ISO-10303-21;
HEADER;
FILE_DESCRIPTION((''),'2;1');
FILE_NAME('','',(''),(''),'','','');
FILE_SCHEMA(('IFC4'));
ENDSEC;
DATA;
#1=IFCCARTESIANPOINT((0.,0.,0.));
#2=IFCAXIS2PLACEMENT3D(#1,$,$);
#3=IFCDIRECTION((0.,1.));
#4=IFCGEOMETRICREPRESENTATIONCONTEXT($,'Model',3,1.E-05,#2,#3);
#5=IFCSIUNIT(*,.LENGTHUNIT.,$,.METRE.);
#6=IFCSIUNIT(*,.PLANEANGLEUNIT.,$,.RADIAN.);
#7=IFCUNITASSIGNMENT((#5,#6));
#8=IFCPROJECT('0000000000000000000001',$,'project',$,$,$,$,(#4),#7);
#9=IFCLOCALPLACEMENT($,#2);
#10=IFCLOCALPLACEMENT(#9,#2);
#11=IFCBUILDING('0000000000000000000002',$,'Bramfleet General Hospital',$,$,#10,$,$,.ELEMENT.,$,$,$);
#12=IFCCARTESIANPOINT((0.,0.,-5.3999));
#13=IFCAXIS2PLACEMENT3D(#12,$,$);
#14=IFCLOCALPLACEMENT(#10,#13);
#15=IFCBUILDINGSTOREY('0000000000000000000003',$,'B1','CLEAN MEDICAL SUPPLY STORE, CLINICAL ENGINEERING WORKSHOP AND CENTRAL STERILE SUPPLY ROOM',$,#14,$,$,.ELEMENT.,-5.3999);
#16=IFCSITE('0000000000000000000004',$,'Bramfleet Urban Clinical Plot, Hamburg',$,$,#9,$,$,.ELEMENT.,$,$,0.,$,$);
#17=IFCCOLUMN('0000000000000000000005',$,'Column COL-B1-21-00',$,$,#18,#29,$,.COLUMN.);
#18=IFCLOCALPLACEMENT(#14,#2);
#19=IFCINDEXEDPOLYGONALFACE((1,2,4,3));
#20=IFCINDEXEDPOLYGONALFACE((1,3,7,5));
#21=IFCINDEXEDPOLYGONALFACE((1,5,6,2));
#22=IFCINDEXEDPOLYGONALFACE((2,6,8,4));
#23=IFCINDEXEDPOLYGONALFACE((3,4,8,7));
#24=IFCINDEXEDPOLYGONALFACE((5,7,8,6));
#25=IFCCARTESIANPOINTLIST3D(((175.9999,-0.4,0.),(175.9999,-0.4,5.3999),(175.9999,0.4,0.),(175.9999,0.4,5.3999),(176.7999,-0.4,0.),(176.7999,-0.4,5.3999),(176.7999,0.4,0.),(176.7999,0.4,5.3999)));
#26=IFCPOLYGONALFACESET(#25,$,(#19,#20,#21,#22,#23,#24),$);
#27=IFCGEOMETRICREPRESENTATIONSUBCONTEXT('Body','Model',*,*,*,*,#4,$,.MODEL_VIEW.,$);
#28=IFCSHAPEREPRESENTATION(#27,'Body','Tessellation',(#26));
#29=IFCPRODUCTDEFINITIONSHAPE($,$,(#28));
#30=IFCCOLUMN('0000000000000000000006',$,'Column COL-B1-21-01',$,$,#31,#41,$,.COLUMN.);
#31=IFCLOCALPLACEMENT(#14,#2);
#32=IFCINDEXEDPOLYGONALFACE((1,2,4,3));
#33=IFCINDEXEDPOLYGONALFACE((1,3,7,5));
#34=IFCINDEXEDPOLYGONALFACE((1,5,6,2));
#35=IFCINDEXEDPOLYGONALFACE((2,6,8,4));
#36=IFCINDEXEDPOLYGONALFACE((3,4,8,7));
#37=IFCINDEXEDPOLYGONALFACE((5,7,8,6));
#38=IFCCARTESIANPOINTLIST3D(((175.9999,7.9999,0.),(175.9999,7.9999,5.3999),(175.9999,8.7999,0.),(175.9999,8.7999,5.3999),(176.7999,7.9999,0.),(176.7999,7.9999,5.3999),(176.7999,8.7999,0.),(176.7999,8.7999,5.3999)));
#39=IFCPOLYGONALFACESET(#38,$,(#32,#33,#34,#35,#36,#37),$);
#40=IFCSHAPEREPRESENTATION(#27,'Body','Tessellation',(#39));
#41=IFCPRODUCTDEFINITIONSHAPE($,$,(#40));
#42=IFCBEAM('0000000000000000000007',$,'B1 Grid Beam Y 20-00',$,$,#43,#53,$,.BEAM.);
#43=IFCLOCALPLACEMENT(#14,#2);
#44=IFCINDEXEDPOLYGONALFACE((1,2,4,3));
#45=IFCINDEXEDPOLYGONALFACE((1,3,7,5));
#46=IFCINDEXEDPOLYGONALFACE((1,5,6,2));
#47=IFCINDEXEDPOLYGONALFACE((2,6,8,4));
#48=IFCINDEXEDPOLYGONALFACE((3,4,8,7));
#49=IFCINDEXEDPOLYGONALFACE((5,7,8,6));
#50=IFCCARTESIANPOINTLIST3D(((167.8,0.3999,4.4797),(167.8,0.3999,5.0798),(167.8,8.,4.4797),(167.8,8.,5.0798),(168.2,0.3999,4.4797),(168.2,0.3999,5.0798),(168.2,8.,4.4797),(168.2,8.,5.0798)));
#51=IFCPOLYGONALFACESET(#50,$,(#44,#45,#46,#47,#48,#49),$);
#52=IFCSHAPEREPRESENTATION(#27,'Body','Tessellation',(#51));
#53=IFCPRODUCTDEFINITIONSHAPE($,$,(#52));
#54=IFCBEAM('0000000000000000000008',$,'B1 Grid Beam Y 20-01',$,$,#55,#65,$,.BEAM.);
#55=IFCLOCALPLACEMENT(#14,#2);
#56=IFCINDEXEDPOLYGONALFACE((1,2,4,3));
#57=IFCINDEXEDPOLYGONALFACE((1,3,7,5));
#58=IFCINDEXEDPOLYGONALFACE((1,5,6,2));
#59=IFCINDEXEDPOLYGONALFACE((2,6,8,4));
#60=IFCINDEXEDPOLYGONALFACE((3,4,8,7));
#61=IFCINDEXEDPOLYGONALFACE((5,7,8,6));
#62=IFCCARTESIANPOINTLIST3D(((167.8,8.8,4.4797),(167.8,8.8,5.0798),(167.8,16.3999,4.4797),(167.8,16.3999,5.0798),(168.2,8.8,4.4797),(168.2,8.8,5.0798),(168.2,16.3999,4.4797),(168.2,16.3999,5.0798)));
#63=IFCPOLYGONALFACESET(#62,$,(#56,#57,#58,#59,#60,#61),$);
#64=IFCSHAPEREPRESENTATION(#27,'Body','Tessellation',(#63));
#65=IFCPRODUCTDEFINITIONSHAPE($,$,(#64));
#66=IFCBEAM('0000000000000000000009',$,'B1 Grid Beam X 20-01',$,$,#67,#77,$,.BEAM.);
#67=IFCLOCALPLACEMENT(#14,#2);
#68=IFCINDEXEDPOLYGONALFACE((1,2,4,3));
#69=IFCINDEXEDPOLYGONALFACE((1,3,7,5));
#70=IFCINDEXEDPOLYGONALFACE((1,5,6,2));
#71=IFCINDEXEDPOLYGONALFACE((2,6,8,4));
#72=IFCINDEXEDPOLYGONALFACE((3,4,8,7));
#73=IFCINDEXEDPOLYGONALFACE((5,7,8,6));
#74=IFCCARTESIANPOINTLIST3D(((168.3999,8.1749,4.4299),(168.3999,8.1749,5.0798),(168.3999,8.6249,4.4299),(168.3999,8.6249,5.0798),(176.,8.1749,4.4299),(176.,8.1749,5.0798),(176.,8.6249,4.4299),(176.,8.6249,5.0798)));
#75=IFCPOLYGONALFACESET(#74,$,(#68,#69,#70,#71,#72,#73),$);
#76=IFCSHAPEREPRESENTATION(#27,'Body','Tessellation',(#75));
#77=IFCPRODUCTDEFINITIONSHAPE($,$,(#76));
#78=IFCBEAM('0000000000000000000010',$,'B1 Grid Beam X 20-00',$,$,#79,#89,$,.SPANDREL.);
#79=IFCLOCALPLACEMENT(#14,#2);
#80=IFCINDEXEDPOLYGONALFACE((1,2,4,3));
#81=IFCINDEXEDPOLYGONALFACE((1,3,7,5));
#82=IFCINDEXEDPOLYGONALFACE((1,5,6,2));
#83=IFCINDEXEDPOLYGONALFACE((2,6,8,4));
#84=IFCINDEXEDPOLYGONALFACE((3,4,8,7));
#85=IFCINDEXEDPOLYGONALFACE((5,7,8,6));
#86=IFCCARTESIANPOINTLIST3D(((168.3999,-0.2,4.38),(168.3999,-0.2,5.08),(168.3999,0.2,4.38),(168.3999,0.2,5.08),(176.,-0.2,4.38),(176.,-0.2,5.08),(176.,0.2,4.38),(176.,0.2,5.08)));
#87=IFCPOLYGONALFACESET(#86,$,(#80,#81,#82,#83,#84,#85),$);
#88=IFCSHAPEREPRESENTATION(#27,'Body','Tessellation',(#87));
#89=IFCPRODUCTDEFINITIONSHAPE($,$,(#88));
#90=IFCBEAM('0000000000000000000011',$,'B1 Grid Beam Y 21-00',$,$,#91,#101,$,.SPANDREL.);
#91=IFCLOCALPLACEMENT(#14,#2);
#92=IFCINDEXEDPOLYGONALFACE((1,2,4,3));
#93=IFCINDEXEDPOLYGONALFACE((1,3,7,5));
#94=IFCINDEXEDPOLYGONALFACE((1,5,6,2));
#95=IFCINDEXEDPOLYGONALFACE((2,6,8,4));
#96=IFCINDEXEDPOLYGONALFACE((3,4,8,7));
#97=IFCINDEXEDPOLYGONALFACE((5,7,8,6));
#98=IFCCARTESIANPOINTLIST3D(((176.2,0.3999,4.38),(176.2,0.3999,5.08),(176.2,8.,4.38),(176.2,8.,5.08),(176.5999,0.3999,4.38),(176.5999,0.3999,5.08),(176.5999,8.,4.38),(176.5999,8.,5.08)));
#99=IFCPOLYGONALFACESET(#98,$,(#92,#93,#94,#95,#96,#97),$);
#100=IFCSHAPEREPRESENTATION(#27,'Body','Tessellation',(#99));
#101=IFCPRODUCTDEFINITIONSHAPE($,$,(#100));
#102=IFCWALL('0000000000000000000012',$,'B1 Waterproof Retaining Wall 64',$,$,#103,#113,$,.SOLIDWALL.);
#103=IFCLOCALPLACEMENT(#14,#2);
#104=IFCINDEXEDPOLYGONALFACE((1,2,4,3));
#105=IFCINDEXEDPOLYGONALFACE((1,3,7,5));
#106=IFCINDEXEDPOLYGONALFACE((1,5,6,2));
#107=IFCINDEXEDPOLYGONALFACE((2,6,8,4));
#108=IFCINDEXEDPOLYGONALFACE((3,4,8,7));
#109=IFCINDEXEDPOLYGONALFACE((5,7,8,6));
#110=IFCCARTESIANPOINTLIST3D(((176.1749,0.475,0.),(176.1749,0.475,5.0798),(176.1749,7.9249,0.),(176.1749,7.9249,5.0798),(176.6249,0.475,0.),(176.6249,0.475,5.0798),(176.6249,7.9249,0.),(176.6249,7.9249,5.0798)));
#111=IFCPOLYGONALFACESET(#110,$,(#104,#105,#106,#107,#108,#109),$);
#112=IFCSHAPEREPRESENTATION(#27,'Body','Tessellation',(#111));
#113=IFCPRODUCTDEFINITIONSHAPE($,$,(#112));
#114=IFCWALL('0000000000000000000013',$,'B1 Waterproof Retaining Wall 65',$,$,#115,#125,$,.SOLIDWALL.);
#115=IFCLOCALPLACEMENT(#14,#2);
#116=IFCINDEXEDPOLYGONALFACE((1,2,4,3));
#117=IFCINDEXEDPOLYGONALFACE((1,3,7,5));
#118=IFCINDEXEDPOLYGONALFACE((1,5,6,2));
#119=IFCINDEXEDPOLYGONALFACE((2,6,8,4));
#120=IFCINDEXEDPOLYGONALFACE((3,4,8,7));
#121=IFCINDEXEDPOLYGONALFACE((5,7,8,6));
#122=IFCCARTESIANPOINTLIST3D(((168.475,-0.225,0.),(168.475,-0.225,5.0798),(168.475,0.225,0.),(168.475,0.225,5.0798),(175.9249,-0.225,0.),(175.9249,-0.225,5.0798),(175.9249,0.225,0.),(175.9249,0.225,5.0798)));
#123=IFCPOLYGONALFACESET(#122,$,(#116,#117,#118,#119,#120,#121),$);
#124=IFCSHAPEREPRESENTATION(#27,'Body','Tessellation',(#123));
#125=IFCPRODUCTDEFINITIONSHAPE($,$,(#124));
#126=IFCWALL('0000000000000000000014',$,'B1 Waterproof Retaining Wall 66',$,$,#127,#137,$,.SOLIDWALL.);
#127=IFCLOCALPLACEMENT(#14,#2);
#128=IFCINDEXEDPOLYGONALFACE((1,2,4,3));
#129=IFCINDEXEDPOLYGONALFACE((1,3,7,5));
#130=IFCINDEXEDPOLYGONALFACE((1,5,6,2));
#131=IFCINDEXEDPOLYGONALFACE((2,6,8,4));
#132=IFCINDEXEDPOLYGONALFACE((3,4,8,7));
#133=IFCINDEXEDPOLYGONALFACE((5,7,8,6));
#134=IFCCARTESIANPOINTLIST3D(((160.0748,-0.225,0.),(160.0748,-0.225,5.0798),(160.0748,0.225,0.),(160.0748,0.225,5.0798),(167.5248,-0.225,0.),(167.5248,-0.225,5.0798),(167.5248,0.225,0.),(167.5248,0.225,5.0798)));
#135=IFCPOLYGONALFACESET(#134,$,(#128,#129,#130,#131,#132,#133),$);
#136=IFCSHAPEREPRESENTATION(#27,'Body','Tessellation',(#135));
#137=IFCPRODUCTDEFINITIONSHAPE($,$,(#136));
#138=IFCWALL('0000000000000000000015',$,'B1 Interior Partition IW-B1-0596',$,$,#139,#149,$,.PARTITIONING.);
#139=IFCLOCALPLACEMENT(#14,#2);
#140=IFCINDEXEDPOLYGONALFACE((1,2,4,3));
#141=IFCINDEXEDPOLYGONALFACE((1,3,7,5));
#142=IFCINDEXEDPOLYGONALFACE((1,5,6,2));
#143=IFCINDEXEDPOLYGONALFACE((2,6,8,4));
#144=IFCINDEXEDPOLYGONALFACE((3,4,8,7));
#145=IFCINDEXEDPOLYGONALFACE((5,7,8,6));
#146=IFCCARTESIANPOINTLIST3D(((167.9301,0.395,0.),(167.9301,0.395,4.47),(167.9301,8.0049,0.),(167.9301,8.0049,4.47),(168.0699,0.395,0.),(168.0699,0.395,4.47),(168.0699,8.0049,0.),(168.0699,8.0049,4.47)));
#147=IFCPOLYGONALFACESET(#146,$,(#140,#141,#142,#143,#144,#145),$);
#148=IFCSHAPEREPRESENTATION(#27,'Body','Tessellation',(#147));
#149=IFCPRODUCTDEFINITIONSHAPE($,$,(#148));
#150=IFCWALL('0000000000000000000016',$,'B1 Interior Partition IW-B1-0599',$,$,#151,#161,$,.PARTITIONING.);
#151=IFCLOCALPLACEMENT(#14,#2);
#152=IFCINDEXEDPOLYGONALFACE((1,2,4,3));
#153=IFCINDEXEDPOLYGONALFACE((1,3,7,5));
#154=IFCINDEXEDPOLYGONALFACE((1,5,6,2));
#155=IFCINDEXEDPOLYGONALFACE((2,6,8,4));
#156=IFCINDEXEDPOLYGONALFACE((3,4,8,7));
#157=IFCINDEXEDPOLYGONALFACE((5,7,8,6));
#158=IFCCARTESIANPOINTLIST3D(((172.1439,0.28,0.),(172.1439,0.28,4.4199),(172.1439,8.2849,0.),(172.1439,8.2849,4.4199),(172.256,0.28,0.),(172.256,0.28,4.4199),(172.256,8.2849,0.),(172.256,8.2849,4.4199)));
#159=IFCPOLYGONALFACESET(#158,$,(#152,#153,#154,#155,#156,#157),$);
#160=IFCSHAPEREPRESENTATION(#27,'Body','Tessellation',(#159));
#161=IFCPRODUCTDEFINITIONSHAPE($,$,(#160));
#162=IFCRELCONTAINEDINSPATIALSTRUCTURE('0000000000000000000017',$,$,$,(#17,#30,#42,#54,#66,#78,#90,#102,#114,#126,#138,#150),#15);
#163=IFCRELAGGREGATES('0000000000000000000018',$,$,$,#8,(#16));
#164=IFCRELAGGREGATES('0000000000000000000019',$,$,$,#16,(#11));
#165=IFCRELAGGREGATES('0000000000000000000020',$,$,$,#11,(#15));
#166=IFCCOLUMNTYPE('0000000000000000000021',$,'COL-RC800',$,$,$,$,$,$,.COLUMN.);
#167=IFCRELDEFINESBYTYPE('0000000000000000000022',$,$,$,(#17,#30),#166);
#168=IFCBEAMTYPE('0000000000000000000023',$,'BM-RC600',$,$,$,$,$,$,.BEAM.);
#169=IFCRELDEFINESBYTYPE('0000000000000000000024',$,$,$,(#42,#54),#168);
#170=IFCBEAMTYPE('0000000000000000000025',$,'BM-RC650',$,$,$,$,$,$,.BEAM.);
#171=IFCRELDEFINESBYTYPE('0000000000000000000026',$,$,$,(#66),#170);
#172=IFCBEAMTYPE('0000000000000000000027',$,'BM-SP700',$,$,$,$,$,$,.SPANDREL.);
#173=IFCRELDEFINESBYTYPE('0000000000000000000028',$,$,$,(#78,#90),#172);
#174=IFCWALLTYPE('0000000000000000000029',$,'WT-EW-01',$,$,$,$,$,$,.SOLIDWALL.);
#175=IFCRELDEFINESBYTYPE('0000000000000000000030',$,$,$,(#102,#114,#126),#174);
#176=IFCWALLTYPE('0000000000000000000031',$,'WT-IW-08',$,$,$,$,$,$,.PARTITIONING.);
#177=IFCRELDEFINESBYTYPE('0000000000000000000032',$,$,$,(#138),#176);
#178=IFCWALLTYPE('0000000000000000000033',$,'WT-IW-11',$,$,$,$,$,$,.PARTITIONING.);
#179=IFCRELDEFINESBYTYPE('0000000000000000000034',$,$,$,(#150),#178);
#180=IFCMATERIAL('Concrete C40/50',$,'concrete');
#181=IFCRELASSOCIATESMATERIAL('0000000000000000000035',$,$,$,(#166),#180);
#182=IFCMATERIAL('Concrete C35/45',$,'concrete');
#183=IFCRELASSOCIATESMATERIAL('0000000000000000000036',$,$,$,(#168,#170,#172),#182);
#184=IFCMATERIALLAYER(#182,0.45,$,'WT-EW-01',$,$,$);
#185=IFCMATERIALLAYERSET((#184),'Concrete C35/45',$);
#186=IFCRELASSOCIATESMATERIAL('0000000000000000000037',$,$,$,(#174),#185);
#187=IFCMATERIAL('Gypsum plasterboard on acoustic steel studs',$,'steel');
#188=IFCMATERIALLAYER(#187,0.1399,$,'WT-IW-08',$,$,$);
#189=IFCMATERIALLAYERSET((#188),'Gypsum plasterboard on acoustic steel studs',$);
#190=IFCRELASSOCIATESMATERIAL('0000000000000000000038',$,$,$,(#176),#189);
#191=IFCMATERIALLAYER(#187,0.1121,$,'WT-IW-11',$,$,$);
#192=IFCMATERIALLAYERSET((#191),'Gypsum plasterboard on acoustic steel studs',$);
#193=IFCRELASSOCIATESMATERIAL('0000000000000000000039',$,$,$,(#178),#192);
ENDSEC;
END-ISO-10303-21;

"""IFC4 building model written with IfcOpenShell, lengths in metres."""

from ifc_helpers import new_model, si_unit, direction, frame, frame_2d, origin, origin_2d, place, context, subcontext, project, spatial, rectangle, extrude, material, layer, layer_set, material_profile, profile_set, type_object, element, save


model = new_model("IFC4")

# Units and contexts
model_context = context("Model", 3, precision=1e-05, world=origin(), true_north=direction((0.0, 1.0)))
body_context = subcontext(model_context, "Body", "Model", "MODEL_VIEW")
ifc_project = project(units=[si_unit("LENGTHUNIT", "METRE"), si_unit("PLANEANGLEUNIT", "RADIAN")], contexts=[model_context])

# Site, building, storey
site_placement = place(None, origin())
site = spatial("IfcSite", under=ifc_project, at=site_placement, Name="Bramfleet Urban Clinical Plot, Hamburg", CompositionType="ELEMENT", RefElevation=0.0)
building_placement = place(site_placement, origin())
building = spatial("IfcBuilding", under=site, at=building_placement, Name="Bramfleet General Hospital", CompositionType="ELEMENT")
storey_placement = place(building_placement, frame((0.0, 0.0, -5.3999)))
storey = spatial("IfcBuildingStorey", under=building, at=storey_placement, Name="B1", Description="CLEAN MEDICAL SUPPLY STORE, CLINICAL ENGINEERING WORKSHOP AND CENTRAL STERILE SUPPLY ROOM", CompositionType="ELEMENT", Elevation=-5.3999)

# Shared definitions
ifc_material_1 = material(Name="Concrete C35/45", Category="concrete")

# Columns
ifc_material_2 = material(Name="Concrete C40/50", Category="concrete")
ifc_material_profile_1 = material_profile(ifc_material_2, rectangle(XDim=0.8, YDim=0.8, at=origin_2d()), Name="RC COL 800x800")
ifc_profile_set_1 = profile_set([ifc_material_profile_1], Name="Concrete C40/50")
column_type = type_object("IfcColumnType", Name="COL-RC800", PredefinedType="COLUMN", material=ifc_profile_set_1)
for number, where, z_axis, x_axis, name in (
    (1, (176.3999, 0.0, 0.0), (0.0, 0.0, 1.0), (1.0, 0.0, 0.0), "Column COL-B1-21-00"),
    (2, (176.3999, 8.3999, 0.0), (0.0, 0.0, 1.0), (1.0, 0.0, 0.0), "Column COL-B1-21-01"),
):
    element("IfcColumn", number, at=place(storey_placement, frame(where, z_axis=z_axis, x_axis=x_axis)), inside=storey, type_object=column_type, Name=name, PredefinedType="COLUMN", context=body_context, shape_type="SweptSolid", body=[
        extrude(rectangle(XDim=0.8, YDim=0.8, at=origin_2d()), origin(), (0.0, 0.0, 1.0), 5.3999),
    ])

# Beams
ifc_material_profile_2 = material_profile(ifc_material_1, rectangle(XDim=0.3999, YDim=0.6001, at=origin_2d()), Name="RC BM 600x400")
ifc_profile_set_2 = profile_set([ifc_material_profile_2], Name="Concrete C35/45")
beam_type_1 = type_object("IfcBeamType", Name="BM-RC600", PredefinedType="BEAM", material=ifc_profile_set_2)
beam_1_placement = place(storey_placement, frame((168.0, 0.3999, 4.7798), z_axis=(0.0, 1.0, 0.0), x_axis=(-1.0, 0.0, 0.0)))
element("IfcBeam", 3, at=beam_1_placement, inside=storey, type_object=beam_type_1, Name="B1 Grid Beam Y 20-00", PredefinedType="BEAM", context=body_context, shape_type="SweptSolid", body=[
    extrude(rectangle(XDim=0.3999, YDim=0.6001, at=origin_2d()), origin(), (0.0, 0.0, 1.0), 7.6001),
])
beam_2_placement = place(storey_placement, frame((168.0, 8.8, 4.7798), z_axis=(0.0, 1.0, 0.0), x_axis=(-1.0, 0.0, 0.0)))
element("IfcBeam", 4, at=beam_2_placement, inside=storey, type_object=beam_type_1, Name="B1 Grid Beam Y 20-01", PredefinedType="BEAM", context=body_context, shape_type="SweptSolid", body=[
    extrude(rectangle(XDim=0.3999, YDim=0.6001, at=origin_2d()), origin(), (0.0, 0.0, 1.0), 7.5999),
])
ifc_material_profile_3 = material_profile(ifc_material_1, rectangle(XDim=0.45, YDim=0.6499, at=origin_2d()), Name="RC BM 650x450")
ifc_profile_set_3 = profile_set([ifc_material_profile_3], Name="Concrete C35/45")
beam_type_2 = type_object("IfcBeamType", Name="BM-RC650", PredefinedType="BEAM", material=ifc_profile_set_3)
beam_3_placement = place(storey_placement, frame((168.3999, 8.3999, 4.7549), z_axis=(1.0, 0.0, 0.0), x_axis=(0.0, 1.0, 0.0)))
element("IfcBeam", 5, at=beam_3_placement, inside=storey, type_object=beam_type_2, Name="B1 Grid Beam X 20-01", PredefinedType="BEAM", context=body_context, shape_type="SweptSolid", body=[
    extrude(rectangle(XDim=0.45, YDim=0.6499, at=origin_2d()), origin(), (0.0, 0.0, 1.0), 7.6001),
])
ifc_material_profile_4 = material_profile(ifc_material_1, rectangle(XDim=0.3999, YDim=0.7, at=origin_2d()), Name="RC SP 700x400")
ifc_profile_set_4 = profile_set([ifc_material_profile_4], Name="Concrete C35/45")
beam_type_3 = type_object("IfcBeamType", Name="BM-SP700", PredefinedType="SPANDREL", material=ifc_profile_set_4)
for number, where, z_axis, x_axis, name in (
    (6, (168.3999, 0.0, 4.73), (1.0, 0.0, 0.0), (0.0, 1.0, 0.0), "B1 Grid Beam X 20-00"),
    (7, (176.3999, 0.3999, 4.73), (0.0, 1.0, 0.0), (-1.0, 0.0, 0.0), "B1 Grid Beam Y 21-00"),
):
    element("IfcBeam", number, at=place(storey_placement, frame(where, z_axis=z_axis, x_axis=x_axis)), inside=storey, type_object=beam_type_3, Name=name, PredefinedType="SPANDREL", context=body_context, shape_type="SweptSolid", body=[
        extrude(rectangle(XDim=0.3999, YDim=0.7, at=origin_2d()), origin(), (0.0, 0.0, 1.0), 7.6001),
    ])

# Walls
ifc_layer_1 = layer(ifc_material_1, 0.45, Name="WT-EW-01")
ifc_layer_set_1 = layer_set([ifc_layer_1], Name="Concrete C35/45")
wall_type_1 = type_object("IfcWallType", Name="WT-EW-01", PredefinedType="SOLIDWALL", material=ifc_layer_set_1)
for number, where, z_axis, x_axis, name in (
    (8, (176.3999, 7.925, 0.0), (0.0, 0.0, 1.0), (0.0, -1.0, 0.0), "B1 Waterproof Retaining Wall 64"),
    (9, (175.925, 0.0, 0.0), (0.0, 0.0, 1.0), (-1.0, 0.0, 0.0), "B1 Waterproof Retaining Wall 65"),
    (10, (167.5249, 0.0, 0.0), (0.0, 0.0, 1.0), (-1.0, 0.0, 0.0), "B1 Waterproof Retaining Wall 66"),
):
    element("IfcWall", number, at=place(storey_placement, frame(where, z_axis=z_axis, x_axis=x_axis)), inside=storey, type_object=wall_type_1, Name=name, PredefinedType="SOLIDWALL", context=body_context, shape_type="SweptSolid", body=[
        extrude(rectangle(XDim=7.45, YDim=0.45, at=frame_2d((3.7251, 0.0))), origin(), (0.0, 0.0, 1.0), 5.0798),
    ])

# Walls
ifc_material_3 = material(Name="Gypsum plasterboard on acoustic steel studs", Category="steel")
ifc_layer_2 = layer(ifc_material_3, 0.1399, Name="WT-IW-08")
ifc_layer_set_2 = layer_set([ifc_layer_2], Name="Gypsum plasterboard on acoustic steel studs")
wall_type_2 = type_object("IfcWallType", Name="WT-IW-08", PredefinedType="PARTITIONING", material=ifc_layer_set_2)
wall_1_placement = place(storey_placement, frame((168.0, 0.395, 0.0), z_axis=(0.0, 0.0, 1.0), x_axis=(0.0, 1.0, 0.0)))
element("IfcWall", 11, at=wall_1_placement, inside=storey, type_object=wall_type_2, Name="B1 Interior Partition IW-B1-0596", PredefinedType="PARTITIONING", context=body_context, shape_type="SweptSolid", body=[
    extrude(rectangle(XDim=7.6099, YDim=0.1399, at=frame_2d((3.8049, 0.0))), origin(), (0.0, 0.0, 1.0), 4.47),
])
ifc_layer_3 = layer(ifc_material_3, 0.1121, Name="WT-IW-11")
ifc_layer_set_3 = layer_set([ifc_layer_3], Name="Gypsum plasterboard on acoustic steel studs")
wall_type_3 = type_object("IfcWallType", Name="WT-IW-11", PredefinedType="PARTITIONING", material=ifc_layer_set_3)
wall_2_placement = place(storey_placement, frame((172.2, 0.28, 0.0), z_axis=(0.0, 0.0, 1.0), x_axis=(0.0, 1.0, 0.0)))
element("IfcWall", 12, at=wall_2_placement, inside=storey, type_object=wall_type_3, Name="B1 Interior Partition IW-B1-0599", PredefinedType="PARTITIONING", context=body_context, shape_type="SweptSolid", body=[
    extrude(rectangle(XDim=8.0049, YDim=0.1121, at=frame_2d((4.0024, 0.0))), origin(), (0.0, 0.0, 1.0), 4.4199),
])

save(model, "model.ifc")
